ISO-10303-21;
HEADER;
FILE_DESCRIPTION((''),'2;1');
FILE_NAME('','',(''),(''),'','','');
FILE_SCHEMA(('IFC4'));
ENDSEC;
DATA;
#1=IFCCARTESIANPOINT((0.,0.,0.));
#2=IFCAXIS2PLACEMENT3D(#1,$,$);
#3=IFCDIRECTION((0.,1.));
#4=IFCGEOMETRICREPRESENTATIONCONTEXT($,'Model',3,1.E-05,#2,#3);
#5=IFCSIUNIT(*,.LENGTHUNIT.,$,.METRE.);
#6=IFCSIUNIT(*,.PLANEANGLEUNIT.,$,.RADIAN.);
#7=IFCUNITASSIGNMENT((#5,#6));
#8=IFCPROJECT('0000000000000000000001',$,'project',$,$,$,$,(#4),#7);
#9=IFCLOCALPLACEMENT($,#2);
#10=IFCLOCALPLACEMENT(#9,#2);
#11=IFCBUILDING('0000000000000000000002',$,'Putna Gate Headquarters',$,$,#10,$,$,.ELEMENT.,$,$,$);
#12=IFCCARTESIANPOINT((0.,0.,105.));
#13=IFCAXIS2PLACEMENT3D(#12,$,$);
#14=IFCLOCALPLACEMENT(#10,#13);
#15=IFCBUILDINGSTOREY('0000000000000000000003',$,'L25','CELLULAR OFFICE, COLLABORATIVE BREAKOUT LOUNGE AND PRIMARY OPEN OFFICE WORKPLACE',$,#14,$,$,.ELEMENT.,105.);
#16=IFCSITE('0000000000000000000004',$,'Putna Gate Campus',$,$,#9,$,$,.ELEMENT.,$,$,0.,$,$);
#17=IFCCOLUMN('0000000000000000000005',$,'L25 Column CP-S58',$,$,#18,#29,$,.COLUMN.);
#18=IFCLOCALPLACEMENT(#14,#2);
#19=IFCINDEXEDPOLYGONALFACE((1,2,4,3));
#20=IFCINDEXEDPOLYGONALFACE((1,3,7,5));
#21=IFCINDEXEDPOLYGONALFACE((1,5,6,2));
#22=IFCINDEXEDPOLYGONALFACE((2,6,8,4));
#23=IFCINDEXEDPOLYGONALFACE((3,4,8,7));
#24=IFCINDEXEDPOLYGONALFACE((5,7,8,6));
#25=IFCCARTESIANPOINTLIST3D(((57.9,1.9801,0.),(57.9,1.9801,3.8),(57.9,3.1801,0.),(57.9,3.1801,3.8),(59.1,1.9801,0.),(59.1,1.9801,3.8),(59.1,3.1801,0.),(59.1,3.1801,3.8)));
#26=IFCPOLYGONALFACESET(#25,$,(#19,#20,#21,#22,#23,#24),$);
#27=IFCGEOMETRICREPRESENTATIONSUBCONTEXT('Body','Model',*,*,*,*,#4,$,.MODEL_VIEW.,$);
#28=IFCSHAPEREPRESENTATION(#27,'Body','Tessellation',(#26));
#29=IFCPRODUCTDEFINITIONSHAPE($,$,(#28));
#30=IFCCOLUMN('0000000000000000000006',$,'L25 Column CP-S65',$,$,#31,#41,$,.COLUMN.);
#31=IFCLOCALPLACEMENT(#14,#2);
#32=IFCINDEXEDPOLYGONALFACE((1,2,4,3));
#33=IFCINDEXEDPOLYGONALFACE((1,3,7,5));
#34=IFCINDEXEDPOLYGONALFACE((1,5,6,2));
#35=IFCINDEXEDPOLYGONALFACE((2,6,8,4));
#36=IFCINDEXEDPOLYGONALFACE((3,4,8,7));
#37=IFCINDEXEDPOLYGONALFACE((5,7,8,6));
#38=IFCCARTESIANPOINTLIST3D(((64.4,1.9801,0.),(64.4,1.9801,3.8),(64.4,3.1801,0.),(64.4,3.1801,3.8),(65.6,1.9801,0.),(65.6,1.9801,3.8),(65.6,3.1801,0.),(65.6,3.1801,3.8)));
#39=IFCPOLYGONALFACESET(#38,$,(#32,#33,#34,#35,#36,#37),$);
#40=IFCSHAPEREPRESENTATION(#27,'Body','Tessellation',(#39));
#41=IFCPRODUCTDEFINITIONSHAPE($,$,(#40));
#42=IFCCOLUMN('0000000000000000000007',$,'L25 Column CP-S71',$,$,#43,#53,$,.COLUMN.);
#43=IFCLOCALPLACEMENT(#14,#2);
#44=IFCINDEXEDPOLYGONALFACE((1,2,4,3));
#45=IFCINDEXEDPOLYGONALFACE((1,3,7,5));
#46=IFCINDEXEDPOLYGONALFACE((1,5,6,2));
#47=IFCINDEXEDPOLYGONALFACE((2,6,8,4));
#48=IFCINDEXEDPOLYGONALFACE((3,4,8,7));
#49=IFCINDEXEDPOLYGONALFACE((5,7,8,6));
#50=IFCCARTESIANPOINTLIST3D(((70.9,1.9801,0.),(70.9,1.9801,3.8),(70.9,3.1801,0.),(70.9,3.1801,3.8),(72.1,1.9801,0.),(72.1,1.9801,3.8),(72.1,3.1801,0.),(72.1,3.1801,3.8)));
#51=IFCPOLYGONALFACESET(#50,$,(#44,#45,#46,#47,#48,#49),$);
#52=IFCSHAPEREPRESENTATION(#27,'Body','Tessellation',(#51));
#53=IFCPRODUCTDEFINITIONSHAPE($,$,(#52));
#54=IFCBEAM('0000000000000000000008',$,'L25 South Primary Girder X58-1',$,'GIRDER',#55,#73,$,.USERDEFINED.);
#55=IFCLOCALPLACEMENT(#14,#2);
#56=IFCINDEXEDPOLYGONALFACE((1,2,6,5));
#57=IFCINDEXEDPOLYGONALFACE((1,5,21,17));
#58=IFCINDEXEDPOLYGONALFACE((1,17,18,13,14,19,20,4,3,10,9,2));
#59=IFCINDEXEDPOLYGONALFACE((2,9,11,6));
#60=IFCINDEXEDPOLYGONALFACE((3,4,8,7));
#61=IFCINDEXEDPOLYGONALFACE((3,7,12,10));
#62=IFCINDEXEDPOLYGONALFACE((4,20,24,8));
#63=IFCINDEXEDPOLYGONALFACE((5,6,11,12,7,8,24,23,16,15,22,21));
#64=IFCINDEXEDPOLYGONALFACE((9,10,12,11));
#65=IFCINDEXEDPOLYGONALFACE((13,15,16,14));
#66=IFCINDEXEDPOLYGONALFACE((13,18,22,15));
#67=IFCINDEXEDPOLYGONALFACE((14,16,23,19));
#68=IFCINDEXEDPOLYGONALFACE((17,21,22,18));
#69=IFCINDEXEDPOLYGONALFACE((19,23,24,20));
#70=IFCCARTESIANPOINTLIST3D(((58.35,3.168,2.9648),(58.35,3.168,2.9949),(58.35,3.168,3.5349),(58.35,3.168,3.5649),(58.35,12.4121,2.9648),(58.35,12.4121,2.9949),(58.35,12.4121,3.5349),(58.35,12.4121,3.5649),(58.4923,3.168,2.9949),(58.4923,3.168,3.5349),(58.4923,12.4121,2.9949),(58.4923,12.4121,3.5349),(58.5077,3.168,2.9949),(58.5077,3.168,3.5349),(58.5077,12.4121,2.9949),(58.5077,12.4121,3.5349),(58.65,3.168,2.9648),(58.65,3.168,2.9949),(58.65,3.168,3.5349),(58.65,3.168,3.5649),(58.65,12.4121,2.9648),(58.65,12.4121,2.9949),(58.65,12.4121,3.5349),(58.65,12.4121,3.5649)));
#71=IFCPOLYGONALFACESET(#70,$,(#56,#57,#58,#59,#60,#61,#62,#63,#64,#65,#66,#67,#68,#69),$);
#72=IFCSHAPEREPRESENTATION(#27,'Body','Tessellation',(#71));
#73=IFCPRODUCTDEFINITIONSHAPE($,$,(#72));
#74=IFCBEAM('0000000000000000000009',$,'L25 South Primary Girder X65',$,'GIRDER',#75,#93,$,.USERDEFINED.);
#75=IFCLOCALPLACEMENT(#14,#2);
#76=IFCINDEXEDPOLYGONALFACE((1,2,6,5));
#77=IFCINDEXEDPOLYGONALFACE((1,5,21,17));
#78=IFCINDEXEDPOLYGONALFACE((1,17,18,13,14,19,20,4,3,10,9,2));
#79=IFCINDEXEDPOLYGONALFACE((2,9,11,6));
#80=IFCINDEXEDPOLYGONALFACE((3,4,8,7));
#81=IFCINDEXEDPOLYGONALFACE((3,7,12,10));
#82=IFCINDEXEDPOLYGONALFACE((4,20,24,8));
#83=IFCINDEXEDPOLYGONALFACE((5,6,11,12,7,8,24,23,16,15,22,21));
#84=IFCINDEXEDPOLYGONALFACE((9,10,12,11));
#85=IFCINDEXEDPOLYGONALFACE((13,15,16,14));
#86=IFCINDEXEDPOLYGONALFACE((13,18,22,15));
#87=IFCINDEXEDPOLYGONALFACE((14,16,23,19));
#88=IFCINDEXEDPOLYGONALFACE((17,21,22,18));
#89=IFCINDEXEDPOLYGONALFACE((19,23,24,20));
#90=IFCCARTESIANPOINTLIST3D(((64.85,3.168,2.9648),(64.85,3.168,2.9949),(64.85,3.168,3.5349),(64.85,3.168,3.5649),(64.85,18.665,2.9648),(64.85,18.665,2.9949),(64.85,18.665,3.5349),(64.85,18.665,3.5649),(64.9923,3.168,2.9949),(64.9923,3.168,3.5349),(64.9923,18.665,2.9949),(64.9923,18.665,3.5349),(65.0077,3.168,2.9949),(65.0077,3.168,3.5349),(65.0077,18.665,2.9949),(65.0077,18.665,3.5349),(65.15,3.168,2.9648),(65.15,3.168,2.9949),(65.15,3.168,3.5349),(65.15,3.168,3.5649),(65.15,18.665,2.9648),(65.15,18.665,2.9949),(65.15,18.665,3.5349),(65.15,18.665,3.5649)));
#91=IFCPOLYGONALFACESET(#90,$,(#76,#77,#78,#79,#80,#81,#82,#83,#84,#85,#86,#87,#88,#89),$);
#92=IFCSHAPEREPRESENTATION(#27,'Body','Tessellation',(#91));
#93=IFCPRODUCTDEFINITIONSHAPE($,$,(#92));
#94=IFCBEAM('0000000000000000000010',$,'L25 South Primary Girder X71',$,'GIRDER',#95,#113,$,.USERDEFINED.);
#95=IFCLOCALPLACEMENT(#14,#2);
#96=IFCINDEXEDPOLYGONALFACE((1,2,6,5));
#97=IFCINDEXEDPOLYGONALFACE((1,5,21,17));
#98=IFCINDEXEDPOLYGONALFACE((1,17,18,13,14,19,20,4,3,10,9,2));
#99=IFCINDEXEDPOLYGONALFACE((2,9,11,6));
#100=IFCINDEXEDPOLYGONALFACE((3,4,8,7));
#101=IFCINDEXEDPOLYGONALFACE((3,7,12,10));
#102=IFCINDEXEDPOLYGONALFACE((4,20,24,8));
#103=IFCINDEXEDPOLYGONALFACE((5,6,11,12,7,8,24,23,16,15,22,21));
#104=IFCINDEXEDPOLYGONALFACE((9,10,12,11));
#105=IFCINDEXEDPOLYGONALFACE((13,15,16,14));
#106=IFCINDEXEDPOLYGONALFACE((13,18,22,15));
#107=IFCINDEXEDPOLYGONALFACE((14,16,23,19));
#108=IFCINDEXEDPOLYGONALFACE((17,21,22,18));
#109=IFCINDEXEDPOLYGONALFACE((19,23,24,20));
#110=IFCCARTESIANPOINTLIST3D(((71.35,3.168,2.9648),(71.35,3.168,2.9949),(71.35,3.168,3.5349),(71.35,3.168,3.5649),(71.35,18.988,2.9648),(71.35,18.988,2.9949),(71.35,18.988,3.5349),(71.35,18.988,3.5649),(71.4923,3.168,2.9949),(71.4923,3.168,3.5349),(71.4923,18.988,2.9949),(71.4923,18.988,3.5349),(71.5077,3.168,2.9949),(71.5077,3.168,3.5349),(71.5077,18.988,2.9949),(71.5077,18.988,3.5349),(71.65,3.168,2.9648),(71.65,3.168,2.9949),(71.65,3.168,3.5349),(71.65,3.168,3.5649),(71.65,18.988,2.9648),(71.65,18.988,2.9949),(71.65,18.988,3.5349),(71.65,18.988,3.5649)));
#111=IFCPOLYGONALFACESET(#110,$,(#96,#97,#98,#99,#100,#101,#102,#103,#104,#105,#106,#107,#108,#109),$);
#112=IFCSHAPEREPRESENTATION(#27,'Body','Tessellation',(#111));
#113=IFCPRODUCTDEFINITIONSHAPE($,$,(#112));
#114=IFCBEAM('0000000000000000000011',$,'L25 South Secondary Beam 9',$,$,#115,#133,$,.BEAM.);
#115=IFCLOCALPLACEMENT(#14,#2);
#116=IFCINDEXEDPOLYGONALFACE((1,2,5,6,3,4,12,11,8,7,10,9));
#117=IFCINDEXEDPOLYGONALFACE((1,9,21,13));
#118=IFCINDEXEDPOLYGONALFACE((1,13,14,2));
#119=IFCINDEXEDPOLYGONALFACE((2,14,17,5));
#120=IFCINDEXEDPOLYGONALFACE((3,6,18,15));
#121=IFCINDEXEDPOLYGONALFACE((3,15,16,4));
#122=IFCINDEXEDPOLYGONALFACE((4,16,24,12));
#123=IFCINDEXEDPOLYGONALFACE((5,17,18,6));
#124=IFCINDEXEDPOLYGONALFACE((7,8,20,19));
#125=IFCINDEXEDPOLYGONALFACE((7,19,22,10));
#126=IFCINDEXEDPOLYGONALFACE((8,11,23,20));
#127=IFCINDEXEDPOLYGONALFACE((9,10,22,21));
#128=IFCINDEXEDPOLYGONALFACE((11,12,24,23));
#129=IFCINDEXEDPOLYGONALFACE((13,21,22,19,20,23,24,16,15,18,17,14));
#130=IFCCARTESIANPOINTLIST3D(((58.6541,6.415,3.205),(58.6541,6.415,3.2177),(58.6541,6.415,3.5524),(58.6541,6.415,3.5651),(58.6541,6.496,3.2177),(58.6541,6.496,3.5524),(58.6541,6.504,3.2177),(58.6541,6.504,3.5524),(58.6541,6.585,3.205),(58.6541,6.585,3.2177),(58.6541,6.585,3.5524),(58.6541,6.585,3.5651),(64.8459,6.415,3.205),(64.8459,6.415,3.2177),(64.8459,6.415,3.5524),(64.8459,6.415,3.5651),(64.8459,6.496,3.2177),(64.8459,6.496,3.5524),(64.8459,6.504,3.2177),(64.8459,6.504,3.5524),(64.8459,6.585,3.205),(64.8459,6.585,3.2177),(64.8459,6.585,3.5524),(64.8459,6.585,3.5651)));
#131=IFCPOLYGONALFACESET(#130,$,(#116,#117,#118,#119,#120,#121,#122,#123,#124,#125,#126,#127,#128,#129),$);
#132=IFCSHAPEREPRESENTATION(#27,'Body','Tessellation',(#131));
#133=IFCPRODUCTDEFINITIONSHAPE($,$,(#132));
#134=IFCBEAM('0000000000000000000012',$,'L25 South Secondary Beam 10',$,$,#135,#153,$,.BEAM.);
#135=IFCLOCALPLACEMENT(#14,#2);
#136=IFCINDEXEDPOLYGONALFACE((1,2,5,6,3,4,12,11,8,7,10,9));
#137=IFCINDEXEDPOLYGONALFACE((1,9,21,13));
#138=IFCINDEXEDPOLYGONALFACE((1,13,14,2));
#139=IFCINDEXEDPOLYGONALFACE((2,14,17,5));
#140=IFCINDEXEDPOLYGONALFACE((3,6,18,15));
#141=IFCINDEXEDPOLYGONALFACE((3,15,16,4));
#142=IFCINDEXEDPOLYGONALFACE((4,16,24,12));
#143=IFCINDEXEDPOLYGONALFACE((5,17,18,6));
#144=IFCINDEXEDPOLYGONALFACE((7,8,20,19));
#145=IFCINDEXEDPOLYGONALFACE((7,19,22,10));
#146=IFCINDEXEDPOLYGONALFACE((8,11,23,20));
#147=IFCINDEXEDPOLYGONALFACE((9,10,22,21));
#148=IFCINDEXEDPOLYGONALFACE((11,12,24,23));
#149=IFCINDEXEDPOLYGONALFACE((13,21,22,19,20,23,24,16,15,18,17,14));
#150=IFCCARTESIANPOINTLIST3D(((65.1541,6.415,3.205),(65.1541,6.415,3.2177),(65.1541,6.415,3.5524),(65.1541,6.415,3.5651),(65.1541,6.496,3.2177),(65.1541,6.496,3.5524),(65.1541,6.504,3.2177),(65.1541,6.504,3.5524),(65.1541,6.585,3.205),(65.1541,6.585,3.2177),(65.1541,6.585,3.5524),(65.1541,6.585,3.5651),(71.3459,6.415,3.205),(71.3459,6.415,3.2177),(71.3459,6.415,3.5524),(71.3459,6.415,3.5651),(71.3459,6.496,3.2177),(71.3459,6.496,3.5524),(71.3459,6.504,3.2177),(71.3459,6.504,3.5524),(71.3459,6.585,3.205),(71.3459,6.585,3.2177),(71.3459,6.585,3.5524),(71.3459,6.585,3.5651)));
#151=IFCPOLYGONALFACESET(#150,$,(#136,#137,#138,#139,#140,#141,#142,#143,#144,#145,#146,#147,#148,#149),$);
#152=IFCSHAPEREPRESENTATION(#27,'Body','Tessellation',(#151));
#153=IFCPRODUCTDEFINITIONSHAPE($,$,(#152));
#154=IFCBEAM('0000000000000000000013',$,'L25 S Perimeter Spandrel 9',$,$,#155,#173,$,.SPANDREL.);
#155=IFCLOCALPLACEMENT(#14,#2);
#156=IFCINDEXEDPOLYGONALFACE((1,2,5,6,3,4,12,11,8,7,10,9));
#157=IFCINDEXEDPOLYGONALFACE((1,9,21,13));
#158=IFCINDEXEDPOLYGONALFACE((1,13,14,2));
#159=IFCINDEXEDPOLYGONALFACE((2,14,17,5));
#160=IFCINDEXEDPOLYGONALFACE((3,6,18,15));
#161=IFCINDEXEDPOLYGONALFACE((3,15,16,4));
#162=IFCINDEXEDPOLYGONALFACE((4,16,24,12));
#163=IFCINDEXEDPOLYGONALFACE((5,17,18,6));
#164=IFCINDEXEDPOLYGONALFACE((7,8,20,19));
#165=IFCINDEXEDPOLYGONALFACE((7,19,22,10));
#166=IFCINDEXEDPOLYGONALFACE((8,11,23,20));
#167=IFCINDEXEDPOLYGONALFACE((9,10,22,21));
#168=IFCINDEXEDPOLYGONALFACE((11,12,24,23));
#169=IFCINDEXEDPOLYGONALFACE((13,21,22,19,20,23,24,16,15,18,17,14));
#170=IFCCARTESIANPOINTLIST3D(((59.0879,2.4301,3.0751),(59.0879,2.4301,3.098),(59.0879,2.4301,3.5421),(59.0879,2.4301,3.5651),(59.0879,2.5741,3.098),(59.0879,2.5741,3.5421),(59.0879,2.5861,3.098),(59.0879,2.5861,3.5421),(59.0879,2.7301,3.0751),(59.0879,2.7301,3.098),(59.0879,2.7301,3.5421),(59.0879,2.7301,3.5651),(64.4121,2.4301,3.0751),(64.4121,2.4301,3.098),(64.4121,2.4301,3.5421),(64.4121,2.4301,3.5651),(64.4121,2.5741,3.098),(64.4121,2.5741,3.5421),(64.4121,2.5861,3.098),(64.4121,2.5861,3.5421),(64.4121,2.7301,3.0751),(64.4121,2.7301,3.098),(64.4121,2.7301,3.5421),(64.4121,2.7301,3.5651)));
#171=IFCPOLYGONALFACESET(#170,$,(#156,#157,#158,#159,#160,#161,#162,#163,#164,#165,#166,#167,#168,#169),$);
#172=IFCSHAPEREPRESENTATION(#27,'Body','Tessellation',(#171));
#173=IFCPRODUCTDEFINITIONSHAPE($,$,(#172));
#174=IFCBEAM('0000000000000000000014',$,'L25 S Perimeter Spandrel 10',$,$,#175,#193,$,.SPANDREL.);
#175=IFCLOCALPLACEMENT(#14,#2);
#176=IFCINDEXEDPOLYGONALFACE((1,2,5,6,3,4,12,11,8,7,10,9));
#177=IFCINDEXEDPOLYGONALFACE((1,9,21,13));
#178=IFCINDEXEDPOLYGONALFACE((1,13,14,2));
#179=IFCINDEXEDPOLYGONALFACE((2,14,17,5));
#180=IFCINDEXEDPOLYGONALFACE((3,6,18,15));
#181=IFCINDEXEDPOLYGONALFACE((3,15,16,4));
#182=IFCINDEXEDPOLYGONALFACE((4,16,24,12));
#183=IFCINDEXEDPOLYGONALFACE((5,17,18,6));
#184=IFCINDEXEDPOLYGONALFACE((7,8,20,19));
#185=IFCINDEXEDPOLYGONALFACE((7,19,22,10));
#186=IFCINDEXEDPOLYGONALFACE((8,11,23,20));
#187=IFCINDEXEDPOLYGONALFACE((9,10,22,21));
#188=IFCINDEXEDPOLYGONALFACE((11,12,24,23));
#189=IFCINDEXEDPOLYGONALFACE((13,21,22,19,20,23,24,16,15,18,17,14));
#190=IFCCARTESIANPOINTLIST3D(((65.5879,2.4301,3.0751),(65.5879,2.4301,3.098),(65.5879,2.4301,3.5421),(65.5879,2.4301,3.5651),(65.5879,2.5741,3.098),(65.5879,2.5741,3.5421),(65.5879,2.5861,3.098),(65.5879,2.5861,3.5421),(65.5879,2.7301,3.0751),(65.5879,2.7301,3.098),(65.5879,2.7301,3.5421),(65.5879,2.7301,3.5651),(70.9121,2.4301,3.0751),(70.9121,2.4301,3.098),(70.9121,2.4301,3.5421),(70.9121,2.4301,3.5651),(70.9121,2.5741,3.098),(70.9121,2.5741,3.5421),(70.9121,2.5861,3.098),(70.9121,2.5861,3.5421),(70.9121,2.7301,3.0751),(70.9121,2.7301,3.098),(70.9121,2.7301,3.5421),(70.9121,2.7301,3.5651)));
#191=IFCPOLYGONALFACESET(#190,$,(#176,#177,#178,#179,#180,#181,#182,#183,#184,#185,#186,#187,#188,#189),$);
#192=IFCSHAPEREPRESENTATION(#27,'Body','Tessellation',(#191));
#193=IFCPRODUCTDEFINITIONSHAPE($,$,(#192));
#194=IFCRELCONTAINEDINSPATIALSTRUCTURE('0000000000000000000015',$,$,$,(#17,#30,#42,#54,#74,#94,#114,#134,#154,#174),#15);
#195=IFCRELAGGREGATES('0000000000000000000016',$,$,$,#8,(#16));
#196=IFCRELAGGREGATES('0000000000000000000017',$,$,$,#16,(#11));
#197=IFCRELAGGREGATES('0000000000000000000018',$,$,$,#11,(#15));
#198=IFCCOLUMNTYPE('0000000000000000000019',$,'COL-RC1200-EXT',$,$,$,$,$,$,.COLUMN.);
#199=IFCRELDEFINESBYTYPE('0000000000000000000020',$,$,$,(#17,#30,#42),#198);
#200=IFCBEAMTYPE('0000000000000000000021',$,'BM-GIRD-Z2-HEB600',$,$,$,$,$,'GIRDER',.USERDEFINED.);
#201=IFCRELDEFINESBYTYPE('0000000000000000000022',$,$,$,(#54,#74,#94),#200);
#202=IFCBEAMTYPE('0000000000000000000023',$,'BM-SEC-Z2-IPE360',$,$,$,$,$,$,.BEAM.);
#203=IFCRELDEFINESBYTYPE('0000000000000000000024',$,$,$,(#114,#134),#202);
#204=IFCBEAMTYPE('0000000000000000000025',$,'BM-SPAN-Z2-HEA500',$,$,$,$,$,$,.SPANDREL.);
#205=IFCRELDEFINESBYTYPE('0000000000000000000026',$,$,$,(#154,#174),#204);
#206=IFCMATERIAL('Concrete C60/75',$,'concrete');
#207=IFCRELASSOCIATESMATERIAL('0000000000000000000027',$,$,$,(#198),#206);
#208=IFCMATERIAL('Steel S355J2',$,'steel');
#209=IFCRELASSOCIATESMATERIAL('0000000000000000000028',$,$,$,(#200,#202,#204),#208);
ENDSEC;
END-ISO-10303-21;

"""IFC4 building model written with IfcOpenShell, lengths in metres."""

from ifc_helpers import new_model, si_unit, direction, frame, origin, origin_2d, place, context, subcontext, project, spatial, rectangle, i_section, extrude, material, material_profile, profile_set, type_object, element, save


model = new_model("IFC4")

# Units and contexts
model_context = context("Model", 3, precision=1e-05, world=origin(), true_north=direction((0.0, 1.0)))
body_context = subcontext(model_context, "Body", "Model", "MODEL_VIEW")
ifc_project = project(units=[si_unit("LENGTHUNIT", "METRE"), si_unit("PLANEANGLEUNIT", "RADIAN")], contexts=[model_context])

# Site, building, storey
site_placement = place(None, origin())
site = spatial("IfcSite", under=ifc_project, at=site_placement, Name="Putna Gate Campus", CompositionType="ELEMENT", RefElevation=0.0)
building_placement = place(site_placement, origin())
building = spatial("IfcBuilding", under=site, at=building_placement, Name="Putna Gate Headquarters", CompositionType="ELEMENT")
storey_placement = place(building_placement, frame((0.0, 0.0, 105.0)))
storey = spatial("IfcBuildingStorey", under=building, at=storey_placement, Name="L25", Description="CELLULAR OFFICE, COLLABORATIVE BREAKOUT LOUNGE AND PRIMARY OPEN OFFICE WORKPLACE", CompositionType="ELEMENT", Elevation=105.0)

# Columns
ifc_material_1 = material(Name="Concrete C60/75", Category="concrete")
ifc_material_profile_1 = material_profile(ifc_material_1, rectangle(XDim=1.2, YDim=1.2, at=origin_2d()), Name="Concrete C60/75")
ifc_profile_set_1 = profile_set([ifc_material_profile_1], Name="Concrete C60/75")
column_type = type_object("IfcColumnType", Name="COL-RC1200-EXT", PredefinedType="COLUMN", material=ifc_profile_set_1)
for number, where, z_axis, x_axis, name in (
    (1, (58.5, 2.5801, 0.0), (0.0, 0.0, 1.0), (1.0, 0.0, 0.0), "L25 Column CP-S58"),
    (2, (65.0, 2.5801, 0.0), (0.0, 0.0, 1.0), (1.0, 0.0, 0.0), "L25 Column CP-S65"),
    (3, (71.5, 2.5801, 0.0), (0.0, 0.0, 1.0), (1.0, 0.0, 0.0), "L25 Column CP-S71"),
):
    element("IfcColumn", number, at=place(storey_placement, frame(where, z_axis=z_axis, x_axis=x_axis)), inside=storey, type_object=column_type, Name=name, PredefinedType="COLUMN", context=body_context, shape_type="SweptSolid", body=[
        extrude(rectangle(XDim=1.2, YDim=1.2, at=origin_2d()), origin(), (0.0, 0.0, 1.0), 3.8),
    ])

# Beams
ifc_material_2 = material(Name="Steel S355J2", Category="steel")
ifc_material_profile_2 = material_profile(ifc_material_2, i_section(OverallWidth=0.3, OverallDepth=0.6001, WebThickness=0.0154, FlangeThickness=0.03, at=origin_2d()), Name="Steel S355J2")
ifc_profile_set_2 = profile_set([ifc_material_profile_2], Name="Steel S355J2")
beam_type_1 = type_object("IfcBeamType", Name="BM-GIRD-Z2-HEB600", ElementType="GIRDER", PredefinedType="USERDEFINED", material=ifc_profile_set_2)
beam_1_placement = place(storey_placement, frame((58.5, 3.168, 3.2649), z_axis=(0.0, 1.0, 0.0), x_axis=(-1.0, 0.0, 0.0)))
element("IfcBeam", 4, at=beam_1_placement, inside=storey, type_object=beam_type_1, Name="L25 South Primary Girder X58-1", ObjectType="GIRDER", PredefinedType="USERDEFINED", context=body_context, shape_type="SweptSolid", body=[
    extrude(i_section(OverallWidth=0.3, OverallDepth=0.6001, WebThickness=0.0154, FlangeThickness=0.03, at=origin_2d()), origin(), (0.0, 0.0, 1.0), 9.2441),
])
beam_2_placement = place(storey_placement, frame((65.0, 3.168, 3.2649), z_axis=(0.0, 1.0, 0.0), x_axis=(-1.0, 0.0, 0.0)))
element("IfcBeam", 5, at=beam_2_placement, inside=storey, type_object=beam_type_1, Name="L25 South Primary Girder X65", ObjectType="GIRDER", PredefinedType="USERDEFINED", context=body_context, shape_type="SweptSolid", body=[
    extrude(i_section(OverallWidth=0.3, OverallDepth=0.6001, WebThickness=0.0154, FlangeThickness=0.03, at=origin_2d()), origin(), (0.0, 0.0, 1.0), 15.4971),
])
beam_3_placement = place(storey_placement, frame((71.5, 3.168, 3.2649), z_axis=(0.0, 1.0, 0.0), x_axis=(-1.0, 0.0, 0.0)))
element("IfcBeam", 6, at=beam_3_placement, inside=storey, type_object=beam_type_1, Name="L25 South Primary Girder X71", ObjectType="GIRDER", PredefinedType="USERDEFINED", context=body_context, shape_type="SweptSolid", body=[
    extrude(i_section(OverallWidth=0.3, OverallDepth=0.6001, WebThickness=0.0154, FlangeThickness=0.03, at=origin_2d()), origin(), (0.0, 0.0, 1.0), 15.8201),
])
ifc_material_profile_3 = material_profile(ifc_material_2, i_section(OverallWidth=0.1699, OverallDepth=0.3601, WebThickness=0.0081, FlangeThickness=0.0127, at=origin_2d()), Name="Steel S355J2")
ifc_profile_set_3 = profile_set([ifc_material_profile_3], Name="Steel S355J2")
beam_type_2 = type_object("IfcBeamType", Name="BM-SEC-Z2-IPE360", PredefinedType="BEAM", material=ifc_profile_set_3)
for number, where, z_axis, x_axis, name in (
    (7, (58.6541, 6.5, 3.385), (1.0, 0.0, 0.0), (0.0, 1.0, 0.0), "L25 South Secondary Beam 9"),
    (8, (65.1541, 6.5, 3.385), (1.0, 0.0, 0.0), (0.0, 1.0, 0.0), "L25 South Secondary Beam 10"),
):
    element("IfcBeam", number, at=place(storey_placement, frame(where, z_axis=z_axis, x_axis=x_axis)), inside=storey, type_object=beam_type_2, Name=name, PredefinedType="BEAM", context=body_context, shape_type="SweptSolid", body=[
        extrude(i_section(OverallWidth=0.1699, OverallDepth=0.3601, WebThickness=0.0081, FlangeThickness=0.0127, at=origin_2d()), origin(), (0.0, 0.0, 1.0), 6.1919),
    ])
ifc_material_profile_4 = material_profile(ifc_material_2, i_section(OverallWidth=0.3, OverallDepth=0.49, WebThickness=0.012, FlangeThickness=0.0229, at=origin_2d()), Name="Steel S355J2")
ifc_profile_set_4 = profile_set([ifc_material_profile_4], Name="Steel S355J2")
beam_type_3 = type_object("IfcBeamType", Name="BM-SPAN-Z2-HEA500", PredefinedType="SPANDREL", material=ifc_profile_set_4)
for number, where, z_axis, x_axis, name in (
    (9, (59.0879, 2.5801, 3.3201), (1.0, 0.0, 0.0), (0.0, 1.0, 0.0), "L25 S Perimeter Spandrel 9"),
    (10, (65.5879, 2.5801, 3.3201), (1.0, 0.0, 0.0), (0.0, 1.0, 0.0), "L25 S Perimeter Spandrel 10"),
):
    element("IfcBeam", number, at=place(storey_placement, frame(where, z_axis=z_axis, x_axis=x_axis)), inside=storey, type_object=beam_type_3, Name=name, PredefinedType="SPANDREL", context=body_context, shape_type="SweptSolid", body=[
        extrude(i_section(OverallWidth=0.3, OverallDepth=0.49, WebThickness=0.012, FlangeThickness=0.0229, at=origin_2d()), origin(), (0.0, 0.0, 1.0), 5.3242),
    ])

save(model, "model.ifc")
